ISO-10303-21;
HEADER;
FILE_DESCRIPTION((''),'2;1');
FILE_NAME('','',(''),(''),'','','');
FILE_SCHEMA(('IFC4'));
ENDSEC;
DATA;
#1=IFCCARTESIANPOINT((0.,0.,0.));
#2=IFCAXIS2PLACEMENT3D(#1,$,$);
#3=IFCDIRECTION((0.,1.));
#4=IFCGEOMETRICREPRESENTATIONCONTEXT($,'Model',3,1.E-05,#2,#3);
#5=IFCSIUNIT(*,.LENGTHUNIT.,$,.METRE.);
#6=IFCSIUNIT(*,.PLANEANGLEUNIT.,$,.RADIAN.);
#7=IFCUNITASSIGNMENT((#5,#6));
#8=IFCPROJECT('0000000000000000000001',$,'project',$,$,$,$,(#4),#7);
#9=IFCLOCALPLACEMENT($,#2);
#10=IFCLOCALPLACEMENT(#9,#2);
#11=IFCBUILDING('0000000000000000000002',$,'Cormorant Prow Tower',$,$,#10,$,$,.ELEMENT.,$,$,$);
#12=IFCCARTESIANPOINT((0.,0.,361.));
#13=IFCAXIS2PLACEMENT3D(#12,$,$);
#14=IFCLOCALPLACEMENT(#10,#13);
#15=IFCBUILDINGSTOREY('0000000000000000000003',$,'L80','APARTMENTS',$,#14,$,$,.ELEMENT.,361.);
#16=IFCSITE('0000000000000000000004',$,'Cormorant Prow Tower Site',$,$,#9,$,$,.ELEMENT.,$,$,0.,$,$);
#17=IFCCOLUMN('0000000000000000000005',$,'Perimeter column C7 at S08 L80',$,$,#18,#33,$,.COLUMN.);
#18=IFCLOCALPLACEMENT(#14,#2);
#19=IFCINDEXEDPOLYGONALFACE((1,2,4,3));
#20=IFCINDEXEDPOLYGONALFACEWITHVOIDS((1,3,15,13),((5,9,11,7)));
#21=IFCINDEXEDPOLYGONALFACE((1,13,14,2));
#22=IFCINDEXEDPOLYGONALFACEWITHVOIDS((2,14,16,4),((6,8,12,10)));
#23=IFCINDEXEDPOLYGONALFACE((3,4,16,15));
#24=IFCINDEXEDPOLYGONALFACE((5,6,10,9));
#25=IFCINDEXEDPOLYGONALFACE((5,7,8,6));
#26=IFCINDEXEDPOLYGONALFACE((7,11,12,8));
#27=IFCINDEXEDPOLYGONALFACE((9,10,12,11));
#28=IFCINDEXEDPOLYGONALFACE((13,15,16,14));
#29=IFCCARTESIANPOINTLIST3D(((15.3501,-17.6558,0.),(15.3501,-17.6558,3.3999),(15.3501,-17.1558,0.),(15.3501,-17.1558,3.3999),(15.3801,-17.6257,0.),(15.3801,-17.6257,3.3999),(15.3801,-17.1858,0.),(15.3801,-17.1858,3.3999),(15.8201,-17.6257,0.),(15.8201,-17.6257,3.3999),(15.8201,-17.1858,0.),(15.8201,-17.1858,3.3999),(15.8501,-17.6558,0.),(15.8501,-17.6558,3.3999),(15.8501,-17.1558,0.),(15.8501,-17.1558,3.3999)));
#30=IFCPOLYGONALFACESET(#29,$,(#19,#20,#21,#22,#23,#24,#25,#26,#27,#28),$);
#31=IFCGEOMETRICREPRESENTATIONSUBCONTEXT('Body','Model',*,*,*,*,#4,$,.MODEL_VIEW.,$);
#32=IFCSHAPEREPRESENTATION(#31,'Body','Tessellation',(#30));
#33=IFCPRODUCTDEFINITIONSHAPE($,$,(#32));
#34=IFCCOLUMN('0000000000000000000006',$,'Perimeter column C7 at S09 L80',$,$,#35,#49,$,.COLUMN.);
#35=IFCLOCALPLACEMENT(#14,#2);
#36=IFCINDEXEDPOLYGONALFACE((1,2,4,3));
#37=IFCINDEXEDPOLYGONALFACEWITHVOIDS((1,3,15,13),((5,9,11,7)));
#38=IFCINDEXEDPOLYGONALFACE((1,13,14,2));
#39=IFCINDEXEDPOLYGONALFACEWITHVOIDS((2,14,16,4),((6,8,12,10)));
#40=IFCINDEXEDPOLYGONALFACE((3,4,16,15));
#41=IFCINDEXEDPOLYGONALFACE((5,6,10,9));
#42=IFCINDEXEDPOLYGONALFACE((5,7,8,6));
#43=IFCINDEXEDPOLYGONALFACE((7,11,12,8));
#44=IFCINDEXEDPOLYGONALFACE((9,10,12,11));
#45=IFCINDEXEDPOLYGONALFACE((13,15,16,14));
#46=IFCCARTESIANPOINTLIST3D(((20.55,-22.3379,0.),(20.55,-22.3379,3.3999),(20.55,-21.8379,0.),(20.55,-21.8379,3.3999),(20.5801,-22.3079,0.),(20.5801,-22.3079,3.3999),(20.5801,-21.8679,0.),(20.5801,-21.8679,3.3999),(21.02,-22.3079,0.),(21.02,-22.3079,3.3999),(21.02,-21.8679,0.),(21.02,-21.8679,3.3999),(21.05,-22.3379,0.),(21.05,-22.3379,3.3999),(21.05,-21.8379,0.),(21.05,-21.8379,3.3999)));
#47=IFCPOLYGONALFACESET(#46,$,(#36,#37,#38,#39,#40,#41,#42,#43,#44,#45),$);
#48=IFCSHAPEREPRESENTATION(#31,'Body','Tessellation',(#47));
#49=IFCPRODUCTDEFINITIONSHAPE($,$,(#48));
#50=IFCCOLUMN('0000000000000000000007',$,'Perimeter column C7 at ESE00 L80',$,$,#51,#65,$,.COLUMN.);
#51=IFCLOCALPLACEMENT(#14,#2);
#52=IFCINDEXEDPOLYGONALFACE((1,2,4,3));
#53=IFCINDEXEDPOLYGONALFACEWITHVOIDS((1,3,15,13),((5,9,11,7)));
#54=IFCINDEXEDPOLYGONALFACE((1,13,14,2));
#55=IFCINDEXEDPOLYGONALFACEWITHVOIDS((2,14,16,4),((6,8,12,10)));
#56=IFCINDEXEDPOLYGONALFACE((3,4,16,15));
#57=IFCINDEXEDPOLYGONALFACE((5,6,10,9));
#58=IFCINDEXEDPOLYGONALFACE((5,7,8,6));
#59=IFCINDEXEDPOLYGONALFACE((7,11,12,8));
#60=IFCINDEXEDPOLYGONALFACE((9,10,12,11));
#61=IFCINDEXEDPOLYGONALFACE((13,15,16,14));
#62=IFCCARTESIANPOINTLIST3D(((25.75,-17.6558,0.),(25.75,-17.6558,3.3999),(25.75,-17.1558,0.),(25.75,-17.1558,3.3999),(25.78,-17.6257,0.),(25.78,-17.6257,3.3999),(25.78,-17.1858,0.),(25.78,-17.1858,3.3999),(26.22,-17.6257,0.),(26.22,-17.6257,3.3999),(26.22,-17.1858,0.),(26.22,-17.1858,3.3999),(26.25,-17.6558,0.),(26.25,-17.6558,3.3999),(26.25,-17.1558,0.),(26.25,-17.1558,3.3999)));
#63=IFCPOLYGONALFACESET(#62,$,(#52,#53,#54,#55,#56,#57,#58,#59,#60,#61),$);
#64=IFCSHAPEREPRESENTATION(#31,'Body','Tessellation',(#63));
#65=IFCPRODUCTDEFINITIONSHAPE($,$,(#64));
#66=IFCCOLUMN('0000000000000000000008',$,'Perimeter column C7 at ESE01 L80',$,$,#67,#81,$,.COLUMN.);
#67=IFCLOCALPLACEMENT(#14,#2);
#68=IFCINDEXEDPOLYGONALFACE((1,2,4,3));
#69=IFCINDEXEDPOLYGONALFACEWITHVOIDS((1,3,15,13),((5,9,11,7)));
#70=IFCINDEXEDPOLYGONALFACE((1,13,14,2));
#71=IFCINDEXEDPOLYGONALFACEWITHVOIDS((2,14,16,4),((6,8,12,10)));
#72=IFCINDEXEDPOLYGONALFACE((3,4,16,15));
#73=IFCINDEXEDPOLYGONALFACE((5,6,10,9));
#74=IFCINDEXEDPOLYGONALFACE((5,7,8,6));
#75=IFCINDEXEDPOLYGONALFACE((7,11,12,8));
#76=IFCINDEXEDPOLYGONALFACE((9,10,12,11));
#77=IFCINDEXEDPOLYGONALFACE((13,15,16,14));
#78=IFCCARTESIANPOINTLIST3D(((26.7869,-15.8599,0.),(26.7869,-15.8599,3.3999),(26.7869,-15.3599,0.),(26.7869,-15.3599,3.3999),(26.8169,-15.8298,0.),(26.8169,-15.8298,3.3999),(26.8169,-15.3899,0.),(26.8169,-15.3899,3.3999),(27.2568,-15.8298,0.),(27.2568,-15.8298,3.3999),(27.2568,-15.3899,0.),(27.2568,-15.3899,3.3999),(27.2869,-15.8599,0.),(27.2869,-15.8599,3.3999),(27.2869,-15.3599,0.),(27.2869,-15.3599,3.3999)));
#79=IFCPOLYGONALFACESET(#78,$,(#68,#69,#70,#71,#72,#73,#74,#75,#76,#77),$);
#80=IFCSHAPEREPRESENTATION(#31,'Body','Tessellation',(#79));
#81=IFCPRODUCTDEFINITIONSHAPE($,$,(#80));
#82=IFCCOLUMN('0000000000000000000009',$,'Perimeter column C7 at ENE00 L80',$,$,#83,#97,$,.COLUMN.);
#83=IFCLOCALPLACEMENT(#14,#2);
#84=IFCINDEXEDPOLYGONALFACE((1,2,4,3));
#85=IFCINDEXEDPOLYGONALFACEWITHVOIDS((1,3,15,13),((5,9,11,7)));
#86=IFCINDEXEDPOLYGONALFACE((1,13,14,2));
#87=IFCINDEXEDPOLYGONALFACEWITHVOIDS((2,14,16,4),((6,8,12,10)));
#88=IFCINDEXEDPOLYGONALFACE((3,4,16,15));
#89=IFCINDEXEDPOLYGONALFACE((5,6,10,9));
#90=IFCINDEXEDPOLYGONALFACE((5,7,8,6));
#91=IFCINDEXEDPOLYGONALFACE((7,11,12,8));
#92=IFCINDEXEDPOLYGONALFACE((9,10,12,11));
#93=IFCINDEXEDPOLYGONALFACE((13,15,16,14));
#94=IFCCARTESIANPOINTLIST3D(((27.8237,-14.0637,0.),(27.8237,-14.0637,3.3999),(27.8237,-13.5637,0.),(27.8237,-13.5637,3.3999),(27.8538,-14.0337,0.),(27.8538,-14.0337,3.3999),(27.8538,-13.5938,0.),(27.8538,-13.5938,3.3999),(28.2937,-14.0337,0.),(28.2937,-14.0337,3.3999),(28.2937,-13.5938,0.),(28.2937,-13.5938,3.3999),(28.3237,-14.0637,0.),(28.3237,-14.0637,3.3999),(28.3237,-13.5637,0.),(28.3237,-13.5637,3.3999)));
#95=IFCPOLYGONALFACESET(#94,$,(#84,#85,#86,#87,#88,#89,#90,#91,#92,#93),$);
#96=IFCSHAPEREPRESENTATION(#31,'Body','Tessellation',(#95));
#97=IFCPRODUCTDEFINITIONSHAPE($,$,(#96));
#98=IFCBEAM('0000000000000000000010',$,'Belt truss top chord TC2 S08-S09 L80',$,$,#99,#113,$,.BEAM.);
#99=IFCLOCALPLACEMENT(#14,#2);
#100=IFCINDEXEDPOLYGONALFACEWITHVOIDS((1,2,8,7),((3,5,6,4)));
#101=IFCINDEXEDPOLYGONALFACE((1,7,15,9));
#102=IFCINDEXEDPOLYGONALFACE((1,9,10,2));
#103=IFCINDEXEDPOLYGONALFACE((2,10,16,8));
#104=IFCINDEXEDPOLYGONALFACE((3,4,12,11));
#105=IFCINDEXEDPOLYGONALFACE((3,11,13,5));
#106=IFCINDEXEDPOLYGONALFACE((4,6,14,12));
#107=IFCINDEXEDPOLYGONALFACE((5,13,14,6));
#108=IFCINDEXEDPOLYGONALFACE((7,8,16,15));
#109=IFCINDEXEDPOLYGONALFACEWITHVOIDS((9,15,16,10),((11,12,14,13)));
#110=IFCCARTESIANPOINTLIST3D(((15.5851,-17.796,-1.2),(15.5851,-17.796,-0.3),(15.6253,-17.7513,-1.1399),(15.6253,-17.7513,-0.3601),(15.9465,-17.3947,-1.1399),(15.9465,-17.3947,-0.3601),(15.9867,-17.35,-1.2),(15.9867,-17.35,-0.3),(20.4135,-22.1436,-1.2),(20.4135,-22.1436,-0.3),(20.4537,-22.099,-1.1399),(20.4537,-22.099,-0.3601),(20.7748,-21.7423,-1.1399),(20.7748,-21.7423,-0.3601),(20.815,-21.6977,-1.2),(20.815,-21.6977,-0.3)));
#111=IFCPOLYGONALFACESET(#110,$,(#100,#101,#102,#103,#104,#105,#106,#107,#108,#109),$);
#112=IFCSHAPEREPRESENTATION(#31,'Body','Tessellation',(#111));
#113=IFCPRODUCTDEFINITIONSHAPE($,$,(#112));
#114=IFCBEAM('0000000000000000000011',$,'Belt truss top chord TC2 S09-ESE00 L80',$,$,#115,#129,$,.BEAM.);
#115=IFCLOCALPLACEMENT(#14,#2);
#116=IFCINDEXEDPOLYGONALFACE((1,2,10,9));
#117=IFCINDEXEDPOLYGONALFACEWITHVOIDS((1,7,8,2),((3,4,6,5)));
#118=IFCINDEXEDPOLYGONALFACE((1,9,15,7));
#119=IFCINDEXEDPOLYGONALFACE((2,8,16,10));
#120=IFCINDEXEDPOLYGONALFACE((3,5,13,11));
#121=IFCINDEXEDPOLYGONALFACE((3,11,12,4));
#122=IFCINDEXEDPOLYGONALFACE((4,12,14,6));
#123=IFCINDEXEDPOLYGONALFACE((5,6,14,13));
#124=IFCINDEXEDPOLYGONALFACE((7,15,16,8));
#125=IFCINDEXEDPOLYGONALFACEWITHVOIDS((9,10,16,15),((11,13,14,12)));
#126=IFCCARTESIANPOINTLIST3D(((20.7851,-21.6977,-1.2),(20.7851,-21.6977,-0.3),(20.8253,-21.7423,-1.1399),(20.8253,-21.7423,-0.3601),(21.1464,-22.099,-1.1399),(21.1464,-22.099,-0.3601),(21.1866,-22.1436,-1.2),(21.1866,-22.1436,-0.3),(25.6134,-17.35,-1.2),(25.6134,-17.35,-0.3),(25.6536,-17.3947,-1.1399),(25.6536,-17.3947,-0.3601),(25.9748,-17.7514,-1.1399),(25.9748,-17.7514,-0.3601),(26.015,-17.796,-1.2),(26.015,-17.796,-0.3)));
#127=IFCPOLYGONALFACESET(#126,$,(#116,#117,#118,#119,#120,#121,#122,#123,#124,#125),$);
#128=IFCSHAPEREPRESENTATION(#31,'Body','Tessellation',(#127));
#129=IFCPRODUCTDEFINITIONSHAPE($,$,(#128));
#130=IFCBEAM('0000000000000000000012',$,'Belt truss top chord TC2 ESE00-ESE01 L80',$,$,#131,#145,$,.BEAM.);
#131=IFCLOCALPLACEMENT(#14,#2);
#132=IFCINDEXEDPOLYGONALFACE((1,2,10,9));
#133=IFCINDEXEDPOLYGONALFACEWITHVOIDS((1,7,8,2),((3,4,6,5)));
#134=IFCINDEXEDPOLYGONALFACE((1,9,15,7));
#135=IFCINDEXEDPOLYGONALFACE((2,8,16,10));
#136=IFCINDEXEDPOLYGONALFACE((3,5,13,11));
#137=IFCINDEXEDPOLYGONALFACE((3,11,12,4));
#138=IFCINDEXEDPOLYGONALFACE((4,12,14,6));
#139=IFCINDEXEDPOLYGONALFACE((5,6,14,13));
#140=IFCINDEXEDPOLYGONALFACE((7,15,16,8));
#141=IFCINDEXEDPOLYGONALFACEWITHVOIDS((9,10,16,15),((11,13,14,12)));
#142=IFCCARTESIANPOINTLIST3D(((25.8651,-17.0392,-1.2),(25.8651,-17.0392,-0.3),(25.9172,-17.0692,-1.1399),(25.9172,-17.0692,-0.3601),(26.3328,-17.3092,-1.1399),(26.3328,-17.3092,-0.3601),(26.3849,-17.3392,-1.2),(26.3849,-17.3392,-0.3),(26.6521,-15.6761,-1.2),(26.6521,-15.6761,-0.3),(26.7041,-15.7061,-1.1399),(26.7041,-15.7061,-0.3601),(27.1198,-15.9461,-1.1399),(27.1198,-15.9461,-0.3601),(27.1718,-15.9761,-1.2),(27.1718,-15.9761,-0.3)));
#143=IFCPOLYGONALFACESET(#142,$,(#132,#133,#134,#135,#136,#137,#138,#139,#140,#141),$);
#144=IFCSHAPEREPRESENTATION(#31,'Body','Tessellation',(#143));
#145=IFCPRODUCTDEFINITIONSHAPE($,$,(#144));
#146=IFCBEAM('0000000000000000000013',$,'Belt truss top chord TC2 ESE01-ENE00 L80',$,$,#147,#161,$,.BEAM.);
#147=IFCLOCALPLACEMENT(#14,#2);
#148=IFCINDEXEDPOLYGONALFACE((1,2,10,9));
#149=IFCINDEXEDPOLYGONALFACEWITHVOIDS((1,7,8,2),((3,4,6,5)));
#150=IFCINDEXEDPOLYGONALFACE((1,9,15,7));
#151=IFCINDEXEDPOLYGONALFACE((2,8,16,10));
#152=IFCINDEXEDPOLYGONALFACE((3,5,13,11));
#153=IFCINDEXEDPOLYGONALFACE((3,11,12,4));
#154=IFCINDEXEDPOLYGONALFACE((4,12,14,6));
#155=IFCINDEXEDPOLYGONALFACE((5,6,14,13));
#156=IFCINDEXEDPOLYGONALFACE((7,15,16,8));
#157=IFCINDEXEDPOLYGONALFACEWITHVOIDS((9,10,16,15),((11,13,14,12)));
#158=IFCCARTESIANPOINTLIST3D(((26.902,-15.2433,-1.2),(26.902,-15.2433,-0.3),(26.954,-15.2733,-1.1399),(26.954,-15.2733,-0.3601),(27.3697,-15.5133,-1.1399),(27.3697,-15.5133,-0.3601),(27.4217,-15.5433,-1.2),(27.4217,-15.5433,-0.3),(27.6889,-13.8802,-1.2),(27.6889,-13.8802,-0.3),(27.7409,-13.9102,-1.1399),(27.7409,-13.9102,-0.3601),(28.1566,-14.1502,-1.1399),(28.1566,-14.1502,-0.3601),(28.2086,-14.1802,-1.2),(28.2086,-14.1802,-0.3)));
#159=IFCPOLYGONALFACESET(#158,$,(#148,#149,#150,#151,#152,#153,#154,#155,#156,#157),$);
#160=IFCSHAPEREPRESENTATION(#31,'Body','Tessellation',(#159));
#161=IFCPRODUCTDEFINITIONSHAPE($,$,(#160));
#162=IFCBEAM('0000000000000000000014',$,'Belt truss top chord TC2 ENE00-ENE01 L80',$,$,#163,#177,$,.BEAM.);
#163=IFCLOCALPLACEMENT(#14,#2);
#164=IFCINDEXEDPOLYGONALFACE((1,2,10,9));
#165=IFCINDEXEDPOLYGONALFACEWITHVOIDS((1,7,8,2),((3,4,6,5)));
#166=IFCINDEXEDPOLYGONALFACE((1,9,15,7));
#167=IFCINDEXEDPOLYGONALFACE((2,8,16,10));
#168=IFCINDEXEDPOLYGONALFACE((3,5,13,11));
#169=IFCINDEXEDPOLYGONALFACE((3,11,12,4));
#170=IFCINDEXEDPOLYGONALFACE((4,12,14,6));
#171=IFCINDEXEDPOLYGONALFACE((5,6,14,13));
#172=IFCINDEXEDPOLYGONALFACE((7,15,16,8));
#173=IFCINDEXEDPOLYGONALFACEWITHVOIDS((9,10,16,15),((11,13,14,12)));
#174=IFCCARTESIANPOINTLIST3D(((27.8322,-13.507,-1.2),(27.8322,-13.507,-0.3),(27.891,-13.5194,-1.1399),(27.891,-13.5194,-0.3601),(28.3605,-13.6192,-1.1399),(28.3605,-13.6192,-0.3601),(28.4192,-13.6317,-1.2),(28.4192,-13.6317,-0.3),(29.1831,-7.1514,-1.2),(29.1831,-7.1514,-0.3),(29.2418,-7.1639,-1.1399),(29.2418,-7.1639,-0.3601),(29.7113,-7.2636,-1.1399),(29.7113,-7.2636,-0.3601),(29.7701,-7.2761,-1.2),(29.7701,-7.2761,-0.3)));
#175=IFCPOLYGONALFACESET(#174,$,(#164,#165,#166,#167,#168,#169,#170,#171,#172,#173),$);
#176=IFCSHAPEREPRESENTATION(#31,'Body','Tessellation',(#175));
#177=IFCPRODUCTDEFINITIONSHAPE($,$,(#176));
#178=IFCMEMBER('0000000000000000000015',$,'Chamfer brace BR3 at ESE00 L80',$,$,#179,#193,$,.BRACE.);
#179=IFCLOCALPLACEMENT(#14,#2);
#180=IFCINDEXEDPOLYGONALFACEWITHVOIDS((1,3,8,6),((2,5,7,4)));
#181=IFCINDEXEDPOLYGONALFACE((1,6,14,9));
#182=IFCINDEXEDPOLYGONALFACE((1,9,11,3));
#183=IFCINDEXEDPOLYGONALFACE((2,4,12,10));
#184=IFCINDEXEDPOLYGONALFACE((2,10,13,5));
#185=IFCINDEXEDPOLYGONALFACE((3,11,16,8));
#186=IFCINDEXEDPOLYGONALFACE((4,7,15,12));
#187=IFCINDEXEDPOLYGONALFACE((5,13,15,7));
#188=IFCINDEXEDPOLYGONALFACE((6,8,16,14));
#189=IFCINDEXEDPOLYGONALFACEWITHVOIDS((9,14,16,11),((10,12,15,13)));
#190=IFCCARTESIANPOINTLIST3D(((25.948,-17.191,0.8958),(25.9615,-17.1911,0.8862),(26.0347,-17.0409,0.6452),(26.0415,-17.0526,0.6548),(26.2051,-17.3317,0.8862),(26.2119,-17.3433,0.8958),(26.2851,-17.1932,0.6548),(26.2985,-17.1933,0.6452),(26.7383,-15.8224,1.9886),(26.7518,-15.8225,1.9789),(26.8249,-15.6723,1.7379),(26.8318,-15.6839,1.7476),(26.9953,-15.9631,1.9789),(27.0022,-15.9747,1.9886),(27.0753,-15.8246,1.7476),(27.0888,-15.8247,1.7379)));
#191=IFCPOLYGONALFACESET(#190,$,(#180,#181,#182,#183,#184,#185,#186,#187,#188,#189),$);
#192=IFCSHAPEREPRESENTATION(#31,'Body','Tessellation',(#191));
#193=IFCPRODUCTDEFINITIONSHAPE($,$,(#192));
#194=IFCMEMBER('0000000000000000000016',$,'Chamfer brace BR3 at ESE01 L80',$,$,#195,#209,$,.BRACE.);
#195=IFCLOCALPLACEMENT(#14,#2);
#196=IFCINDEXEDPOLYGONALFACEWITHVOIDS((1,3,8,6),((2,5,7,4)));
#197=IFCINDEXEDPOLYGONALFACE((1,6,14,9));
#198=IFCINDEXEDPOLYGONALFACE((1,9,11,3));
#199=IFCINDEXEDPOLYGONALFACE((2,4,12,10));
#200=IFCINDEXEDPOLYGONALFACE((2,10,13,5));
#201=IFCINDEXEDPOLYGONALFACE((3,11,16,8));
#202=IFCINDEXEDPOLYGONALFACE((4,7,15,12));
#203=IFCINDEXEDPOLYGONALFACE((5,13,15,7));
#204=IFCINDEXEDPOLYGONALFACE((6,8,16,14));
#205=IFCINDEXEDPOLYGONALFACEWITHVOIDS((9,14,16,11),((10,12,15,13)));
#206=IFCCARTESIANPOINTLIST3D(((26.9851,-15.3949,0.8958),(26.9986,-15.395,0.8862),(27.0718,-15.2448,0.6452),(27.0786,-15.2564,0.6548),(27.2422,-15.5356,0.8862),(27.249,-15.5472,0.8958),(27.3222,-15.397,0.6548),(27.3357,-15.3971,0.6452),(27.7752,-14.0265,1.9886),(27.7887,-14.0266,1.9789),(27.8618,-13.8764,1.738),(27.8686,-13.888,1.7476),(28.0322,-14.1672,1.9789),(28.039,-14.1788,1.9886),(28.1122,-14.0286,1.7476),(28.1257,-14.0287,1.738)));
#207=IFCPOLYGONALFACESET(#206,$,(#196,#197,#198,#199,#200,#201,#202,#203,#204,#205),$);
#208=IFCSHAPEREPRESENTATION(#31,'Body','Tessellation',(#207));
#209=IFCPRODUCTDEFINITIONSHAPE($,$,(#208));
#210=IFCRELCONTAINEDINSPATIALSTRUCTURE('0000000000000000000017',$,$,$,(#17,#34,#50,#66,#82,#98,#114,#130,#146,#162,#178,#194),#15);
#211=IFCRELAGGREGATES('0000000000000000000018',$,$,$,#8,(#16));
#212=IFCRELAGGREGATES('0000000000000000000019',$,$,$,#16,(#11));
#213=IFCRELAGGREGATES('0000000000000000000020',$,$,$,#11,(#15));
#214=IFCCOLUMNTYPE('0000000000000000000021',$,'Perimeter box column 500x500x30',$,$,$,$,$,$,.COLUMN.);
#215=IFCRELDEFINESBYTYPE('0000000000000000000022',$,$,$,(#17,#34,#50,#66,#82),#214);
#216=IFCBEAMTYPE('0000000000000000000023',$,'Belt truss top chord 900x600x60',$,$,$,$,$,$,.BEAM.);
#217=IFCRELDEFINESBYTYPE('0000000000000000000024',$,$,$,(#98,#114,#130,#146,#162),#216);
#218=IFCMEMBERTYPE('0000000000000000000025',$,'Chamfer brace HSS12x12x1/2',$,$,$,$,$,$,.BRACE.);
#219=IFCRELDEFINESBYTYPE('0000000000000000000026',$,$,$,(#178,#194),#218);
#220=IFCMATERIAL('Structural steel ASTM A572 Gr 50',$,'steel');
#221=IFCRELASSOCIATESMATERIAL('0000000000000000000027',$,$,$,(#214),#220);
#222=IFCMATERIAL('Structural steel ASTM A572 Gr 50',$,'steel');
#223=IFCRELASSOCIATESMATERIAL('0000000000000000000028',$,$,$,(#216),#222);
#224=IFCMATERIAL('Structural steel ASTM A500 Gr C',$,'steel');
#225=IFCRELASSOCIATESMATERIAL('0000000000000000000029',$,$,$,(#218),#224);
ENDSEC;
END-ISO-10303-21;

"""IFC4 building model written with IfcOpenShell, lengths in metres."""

from ifc_helpers import new_model, si_unit, direction, frame, origin, origin_2d, place, context, subcontext, project, spatial, hollow_rectangle, extrude, material, material_profile, profile_set, type_object, element, save


model = new_model("IFC4")

# Units and contexts
model_context = context("Model", 3, precision=1e-05, world=origin(), true_north=direction((0.0, 1.0)))
body_context = subcontext(model_context, "Body", "Model", "MODEL_VIEW")
ifc_project = project(units=[si_unit("LENGTHUNIT", "METRE"), si_unit("PLANEANGLEUNIT", "RADIAN")], contexts=[model_context])

# Site, building, storey
site_placement = place(None, origin())
site = spatial("IfcSite", under=ifc_project, at=site_placement, Name="Cormorant Prow Tower Site", CompositionType="ELEMENT", RefElevation=0.0)
building_placement = place(site_placement, origin())
building = spatial("IfcBuilding", under=site, at=building_placement, Name="Cormorant Prow Tower", CompositionType="ELEMENT")
storey_placement = place(building_placement, frame((0.0, 0.0, 361.0)))
storey = spatial("IfcBuildingStorey", under=building, at=storey_placement, Name="L80", Description="APARTMENTS", CompositionType="ELEMENT", Elevation=361.0)

# Columns
ifc_material_1 = material(Name="Structural steel ASTM A572 Gr 50", Category="steel")
ifc_material_profile_1 = material_profile(ifc_material_1, hollow_rectangle(XDim=0.5, YDim=0.5, WallThickness=0.03, at=origin_2d()), Name="Box 500x500x30")
ifc_profile_set_1 = profile_set([ifc_material_profile_1], Name="Structural steel ASTM A572 Gr 50")
column_type = type_object("IfcColumnType", Name="Perimeter box column 500x500x30", PredefinedType="COLUMN", material=ifc_profile_set_1)
for number, where, z_axis, x_axis, name in (
    (1, (15.6001, -17.4058, 0.0), (0.0, 0.0, 1.0), (1.0, 0.0, 0.0), "Perimeter column C7 at S08 L80"),
    (2, (20.8, -22.0879, 0.0), (0.0, 0.0, 1.0), (1.0, 0.0, 0.0), "Perimeter column C7 at S09 L80"),
    (3, (26.0, -17.4058, 0.0), (0.0, 0.0, 1.0), (1.0, 0.0, 0.0), "Perimeter column C7 at ESE00 L80"),
    (4, (27.0369, -15.6099, 0.0), (0.0, 0.0, 1.0), (1.0, 0.0, 0.0), "Perimeter column C7 at ESE01 L80"),
    (5, (28.0737, -13.8137, 0.0), (0.0, 0.0, 1.0), (1.0, 0.0, 0.0), "Perimeter column C7 at ENE00 L80"),
):
    element("IfcColumn", number, at=place(storey_placement, frame(where, z_axis=z_axis, x_axis=x_axis)), inside=storey, type_object=column_type, Name=name, PredefinedType="COLUMN", context=body_context, shape_type="SweptSolid", body=[
        extrude(hollow_rectangle(XDim=0.5, YDim=0.5, WallThickness=0.03, at=origin_2d()), origin(), (0.0, 0.0, 1.0), 3.3999),
    ])

# Beams
ifc_material_2 = material(Name="Structural steel ASTM A572 Gr 50", Category="steel")
ifc_material_profile_2 = material_profile(ifc_material_2, hollow_rectangle(XDim=0.6001, YDim=0.8999, WallThickness=0.0601, at=origin_2d()), Name="Box 900x600x60")
ifc_profile_set_2 = profile_set([ifc_material_profile_2], Name="Structural steel ASTM A572 Gr 50")
beam_type = type_object("IfcBeamType", Name="Belt truss top chord 900x600x60", PredefinedType="BEAM", material=ifc_profile_set_2)
for number, where, z_axis, x_axis, name in (
    (6, (15.7859, -17.573, -0.75), (0.743132, -0.669145, 0.0), (0.669145, 0.743132, 0.0), "Belt truss top chord TC2 S08-S09 L80"),
    (7, (20.9858, -21.9207, -0.75), (0.743132, 0.669145, 0.0), (-0.669145, 0.743132, 0.0), "Belt truss top chord TC2 S09-ESE00 L80"),
):
    element("IfcBeam", number, at=place(storey_placement, frame(where, z_axis=z_axis, x_axis=x_axis)), inside=storey, type_object=beam_type, Name=name, PredefinedType="BEAM", context=body_context, shape_type="SweptSolid", body=[
        extrude(hollow_rectangle(XDim=0.6001, YDim=0.8999, WallThickness=0.0601, at=origin_2d()), origin(), (0.0, 0.0, 1.0), 6.4973),
    ])
for number, where, z_axis, x_axis, name in (
    (8, (26.125, -17.1892, -0.75), (0.49996, 0.866049, 0.0), (-0.866049, 0.49996, 0.0), "Belt truss top chord TC2 ESE00-ESE01 L80"),
    (9, (27.1619, -15.3933, -0.75), (0.49996, 0.866049, 0.0), (-0.866049, 0.49996, 0.0), "Belt truss top chord TC2 ESE01-ENE00 L80"),
):
    element("IfcBeam", number, at=place(storey_placement, frame(where, z_axis=z_axis, x_axis=x_axis)), inside=storey, type_object=beam_type, Name=name, PredefinedType="BEAM", context=body_context, shape_type="SweptSolid", body=[
        extrude(hollow_rectangle(XDim=0.6001, YDim=0.8999, WallThickness=0.0601, at=origin_2d()), origin(), (0.0, 0.0, 1.0), 1.574),
    ])
beam_placement = place(storey_placement, frame((28.1257, -13.5693, -0.75), z_axis=(0.207902, 0.97815, 0.0), x_axis=(-0.97815, 0.207902, 0.0)))
element("IfcBeam", 10, at=beam_placement, inside=storey, type_object=beam_type, Name="Belt truss top chord TC2 ENE00-ENE01 L80", PredefinedType="BEAM", context=body_context, shape_type="SweptSolid", body=[
    extrude(hollow_rectangle(XDim=0.6001, YDim=0.8999, WallThickness=0.0601, at=origin_2d()), origin(), (0.0, 0.0, 1.0), 6.4976),
])

# Members
ifc_material_3 = material(Name="Structural steel ASTM A500 Gr C", Category="steel")
ifc_material_profile_3 = material_profile(ifc_material_3, hollow_rectangle(XDim=0.3047, YDim=0.3047, WallThickness=0.0117, at=origin_2d()), Name="HSS12x12x1/2")
ifc_profile_set_3 = profile_set([ifc_material_profile_3], Name="Structural steel ASTM A500 Gr C")
member_type_1 = type_object("IfcMemberType", Name="Chamfer brace HSS12x12x1/2", PredefinedType="BRACE", material=ifc_profile_set_3)
member_1_placement = place(storey_placement, frame((26.1233, -17.1921, 0.7705), z_axis=(0.411299, 0.712308, 0.568728), x_axis=(-0.866, 0.500043, 0.0)))
element("IfcMember", 11, at=member_1_placement, inside=storey, type_object=member_type_1, Name="Chamfer brace BR3 at ESE00 L80", PredefinedType="BRACE", context=body_context, shape_type="SweptSolid", body=[
    extrude(hollow_rectangle(XDim=0.3047, YDim=0.3047, WallThickness=0.0117, at=origin_2d()), origin(), (0.0, 0.0, 1.0), 1.9214),
])
member_2_placement = place(storey_placement, frame((27.1604, -15.396, 0.7705), z_axis=(0.41123, 0.712282, 0.568809), x_axis=(-0.866029, 0.499994, 0.0)))
element("IfcMember", 12, at=member_2_placement, inside=storey, type_object=member_type_1, Name="Chamfer brace BR3 at ESE01 L80", PredefinedType="BRACE", context=body_context, shape_type="SweptSolid", body=[
    extrude(hollow_rectangle(XDim=0.3047, YDim=0.3047, WallThickness=0.0117, at=origin_2d()), origin(), (0.0, 0.0, 1.0), 1.9211),
])

save(model, "model.ifc")
